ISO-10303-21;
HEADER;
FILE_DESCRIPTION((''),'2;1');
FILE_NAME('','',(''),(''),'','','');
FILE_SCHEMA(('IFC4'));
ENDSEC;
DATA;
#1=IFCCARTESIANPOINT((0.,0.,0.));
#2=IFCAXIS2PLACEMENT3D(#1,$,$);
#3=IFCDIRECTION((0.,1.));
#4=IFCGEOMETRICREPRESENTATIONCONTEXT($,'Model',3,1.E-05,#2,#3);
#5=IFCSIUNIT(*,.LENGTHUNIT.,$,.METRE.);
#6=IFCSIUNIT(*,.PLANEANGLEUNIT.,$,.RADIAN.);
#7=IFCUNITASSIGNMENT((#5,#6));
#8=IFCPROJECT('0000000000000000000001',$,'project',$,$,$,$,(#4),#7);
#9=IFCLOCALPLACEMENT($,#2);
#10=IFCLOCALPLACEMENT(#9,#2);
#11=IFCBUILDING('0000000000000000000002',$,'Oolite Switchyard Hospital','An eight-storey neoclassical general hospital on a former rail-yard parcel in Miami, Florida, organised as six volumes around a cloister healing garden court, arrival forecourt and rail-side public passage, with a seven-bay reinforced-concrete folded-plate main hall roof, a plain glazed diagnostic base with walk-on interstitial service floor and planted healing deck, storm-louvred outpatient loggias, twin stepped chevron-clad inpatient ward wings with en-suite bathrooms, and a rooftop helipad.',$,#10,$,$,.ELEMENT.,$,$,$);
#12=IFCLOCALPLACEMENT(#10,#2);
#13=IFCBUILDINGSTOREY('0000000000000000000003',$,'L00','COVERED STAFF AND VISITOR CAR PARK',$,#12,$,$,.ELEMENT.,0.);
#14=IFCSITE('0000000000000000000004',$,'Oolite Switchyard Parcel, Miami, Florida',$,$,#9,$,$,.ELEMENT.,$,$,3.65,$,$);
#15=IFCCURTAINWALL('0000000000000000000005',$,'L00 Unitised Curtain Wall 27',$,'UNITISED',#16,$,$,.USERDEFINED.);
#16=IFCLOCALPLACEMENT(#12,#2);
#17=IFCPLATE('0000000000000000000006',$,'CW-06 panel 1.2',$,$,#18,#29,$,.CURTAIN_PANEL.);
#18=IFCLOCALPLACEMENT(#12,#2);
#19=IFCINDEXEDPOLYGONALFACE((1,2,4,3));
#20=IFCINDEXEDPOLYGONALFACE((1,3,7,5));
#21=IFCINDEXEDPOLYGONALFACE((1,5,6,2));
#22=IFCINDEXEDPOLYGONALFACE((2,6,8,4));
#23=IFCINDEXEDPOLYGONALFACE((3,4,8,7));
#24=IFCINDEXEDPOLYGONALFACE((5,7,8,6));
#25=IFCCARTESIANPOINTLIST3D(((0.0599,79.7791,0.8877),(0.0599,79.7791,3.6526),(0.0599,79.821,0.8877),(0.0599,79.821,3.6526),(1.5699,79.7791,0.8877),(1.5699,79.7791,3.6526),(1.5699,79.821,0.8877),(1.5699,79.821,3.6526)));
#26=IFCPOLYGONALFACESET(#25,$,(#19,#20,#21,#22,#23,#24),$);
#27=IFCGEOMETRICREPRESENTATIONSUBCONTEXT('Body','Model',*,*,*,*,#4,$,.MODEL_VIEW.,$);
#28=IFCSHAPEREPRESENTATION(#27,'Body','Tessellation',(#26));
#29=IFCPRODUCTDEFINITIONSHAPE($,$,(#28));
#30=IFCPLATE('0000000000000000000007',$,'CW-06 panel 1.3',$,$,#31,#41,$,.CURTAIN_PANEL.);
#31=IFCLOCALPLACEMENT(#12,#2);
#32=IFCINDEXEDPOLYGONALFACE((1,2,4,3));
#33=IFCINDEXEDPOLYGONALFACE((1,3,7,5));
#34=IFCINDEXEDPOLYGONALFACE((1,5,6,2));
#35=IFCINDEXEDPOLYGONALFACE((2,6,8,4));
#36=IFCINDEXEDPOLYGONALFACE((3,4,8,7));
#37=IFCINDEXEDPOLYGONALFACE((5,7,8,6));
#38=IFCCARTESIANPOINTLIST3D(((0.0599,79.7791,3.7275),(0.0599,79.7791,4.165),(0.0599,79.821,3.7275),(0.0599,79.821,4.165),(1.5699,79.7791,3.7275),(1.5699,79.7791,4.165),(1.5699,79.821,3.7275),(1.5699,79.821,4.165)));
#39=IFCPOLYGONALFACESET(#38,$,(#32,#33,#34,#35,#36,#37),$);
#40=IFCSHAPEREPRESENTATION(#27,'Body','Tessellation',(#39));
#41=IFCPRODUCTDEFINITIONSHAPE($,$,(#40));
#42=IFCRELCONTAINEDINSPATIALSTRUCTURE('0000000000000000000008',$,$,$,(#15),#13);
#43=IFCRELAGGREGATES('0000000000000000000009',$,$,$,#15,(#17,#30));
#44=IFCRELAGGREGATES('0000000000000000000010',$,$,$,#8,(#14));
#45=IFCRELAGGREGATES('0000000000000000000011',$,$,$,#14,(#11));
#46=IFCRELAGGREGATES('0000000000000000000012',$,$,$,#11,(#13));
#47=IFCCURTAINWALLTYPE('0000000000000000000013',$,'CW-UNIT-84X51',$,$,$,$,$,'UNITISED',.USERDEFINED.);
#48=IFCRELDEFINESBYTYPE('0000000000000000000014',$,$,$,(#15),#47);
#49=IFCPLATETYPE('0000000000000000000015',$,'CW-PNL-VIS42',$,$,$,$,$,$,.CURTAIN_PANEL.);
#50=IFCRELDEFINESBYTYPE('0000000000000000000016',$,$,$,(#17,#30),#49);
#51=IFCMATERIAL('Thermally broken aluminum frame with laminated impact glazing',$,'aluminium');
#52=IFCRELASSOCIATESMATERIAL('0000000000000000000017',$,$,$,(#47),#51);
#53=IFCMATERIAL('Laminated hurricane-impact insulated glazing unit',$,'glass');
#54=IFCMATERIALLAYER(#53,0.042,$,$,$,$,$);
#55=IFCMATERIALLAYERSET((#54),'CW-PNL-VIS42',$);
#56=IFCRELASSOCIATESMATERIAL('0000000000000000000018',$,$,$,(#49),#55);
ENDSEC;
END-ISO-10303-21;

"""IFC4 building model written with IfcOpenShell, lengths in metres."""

from ifc_helpers import new_model, si_unit, direction, frame, origin, origin_2d, place, context, subcontext, project, spatial, rectangle, extrude, material, layer, layer_set, type_object, element, aggregate, save


model = new_model("IFC4")

# Units and contexts
model_context = context("Model", 3, precision=1e-05, world=origin(), true_north=direction((0.0, 1.0)))
body_context = subcontext(model_context, "Body", "Model", "MODEL_VIEW")
ifc_project = project(units=[si_unit("LENGTHUNIT", "METRE"), si_unit("PLANEANGLEUNIT", "RADIAN")], contexts=[model_context])

# Site, building, storey
site_placement = place(None, origin())
site = spatial("IfcSite", under=ifc_project, at=site_placement, Name="Oolite Switchyard Parcel, Miami, Florida", CompositionType="ELEMENT", RefElevation=3.65)
building_placement = place(site_placement, origin())
building = spatial("IfcBuilding", under=site, at=building_placement, Name="Oolite Switchyard Hospital", Description="An eight-storey neoclassical general hospital on a former rail-yard parcel in Miami, Florida, organised as six volumes around a cloister healing garden court, arrival forecourt and rail-side public passage, with a seven-bay reinforced-concrete folded-plate main hall roof, a plain glazed diagnostic base with walk-on interstitial service floor and planted healing deck, storm-louvred outpatient loggias, twin stepped chevron-clad inpatient ward wings with en-suite bathrooms, and a rooftop helipad.", CompositionType="ELEMENT")
storey_placement = place(building_placement, origin())
storey = spatial("IfcBuildingStorey", under=building, at=storey_placement, Name="L00", Description="COVERED STAFF AND VISITOR CAR PARK", CompositionType="ELEMENT", Elevation=0.0)

# Curtain wall
ifc_material_1 = material(Name="Thermally broken aluminum frame with laminated impact glazing", Category="aluminium")
curtain_wall_type = type_object("IfcCurtainWallType", Name="CW-UNIT-84X51", ElementType="UNITISED", PredefinedType="USERDEFINED", material=ifc_material_1)
curtain_wall_1_placement = place(storey_placement, origin())
curtain_wall_1 = element("IfcCurtainWall", 1, at=curtain_wall_1_placement, inside=storey, type_object=curtain_wall_type, Name="L00 Unitised Curtain Wall 27", ObjectType="UNITISED", PredefinedType="USERDEFINED")

# Plates
ifc_material_2 = material(Name="Laminated hurricane-impact insulated glazing unit", Category="glass")
ifc_layer_1 = layer(ifc_material_2, 0.042)
ifc_layer_set_1 = layer_set([ifc_layer_1], Name="CW-PNL-VIS42")
plate_type_1 = type_object("IfcPlateType", Name="CW-PNL-VIS42", PredefinedType="CURTAIN_PANEL", material=ifc_layer_set_1)
plate_1_placement = place(storey_placement, frame((0.8149, 79.8, 0.8877), z_axis=(0.0, 0.0, 1.0), x_axis=(1.0, 0.0, 0.0)))
plate_1 = element("IfcPlate", 2, at=plate_1_placement, type_object=plate_type_1, Name="CW-06 panel 1.2", PredefinedType="CURTAIN_PANEL", context=body_context, shape_type="SweptSolid", body=[
    extrude(rectangle(XDim=1.51, YDim=0.042, at=origin_2d()), origin(), (0.0, 0.0, 1.0), 2.7649),
])
plate_2_placement = place(storey_placement, frame((0.8149, 79.8, 3.7275), z_axis=(0.0, 0.0, 1.0), x_axis=(1.0, 0.0, 0.0)))
plate_2 = element("IfcPlate", 3, at=plate_2_placement, type_object=plate_type_1, Name="CW-06 panel 1.3", PredefinedType="CURTAIN_PANEL", context=body_context, shape_type="SweptSolid", body=[
    extrude(rectangle(XDim=1.51, YDim=0.042, at=origin_2d()), origin(), (0.0, 0.0, 1.0), 0.4375),
])
aggregate(curtain_wall_1, [plate_1, plate_2])

save(model, "model.ifc")
